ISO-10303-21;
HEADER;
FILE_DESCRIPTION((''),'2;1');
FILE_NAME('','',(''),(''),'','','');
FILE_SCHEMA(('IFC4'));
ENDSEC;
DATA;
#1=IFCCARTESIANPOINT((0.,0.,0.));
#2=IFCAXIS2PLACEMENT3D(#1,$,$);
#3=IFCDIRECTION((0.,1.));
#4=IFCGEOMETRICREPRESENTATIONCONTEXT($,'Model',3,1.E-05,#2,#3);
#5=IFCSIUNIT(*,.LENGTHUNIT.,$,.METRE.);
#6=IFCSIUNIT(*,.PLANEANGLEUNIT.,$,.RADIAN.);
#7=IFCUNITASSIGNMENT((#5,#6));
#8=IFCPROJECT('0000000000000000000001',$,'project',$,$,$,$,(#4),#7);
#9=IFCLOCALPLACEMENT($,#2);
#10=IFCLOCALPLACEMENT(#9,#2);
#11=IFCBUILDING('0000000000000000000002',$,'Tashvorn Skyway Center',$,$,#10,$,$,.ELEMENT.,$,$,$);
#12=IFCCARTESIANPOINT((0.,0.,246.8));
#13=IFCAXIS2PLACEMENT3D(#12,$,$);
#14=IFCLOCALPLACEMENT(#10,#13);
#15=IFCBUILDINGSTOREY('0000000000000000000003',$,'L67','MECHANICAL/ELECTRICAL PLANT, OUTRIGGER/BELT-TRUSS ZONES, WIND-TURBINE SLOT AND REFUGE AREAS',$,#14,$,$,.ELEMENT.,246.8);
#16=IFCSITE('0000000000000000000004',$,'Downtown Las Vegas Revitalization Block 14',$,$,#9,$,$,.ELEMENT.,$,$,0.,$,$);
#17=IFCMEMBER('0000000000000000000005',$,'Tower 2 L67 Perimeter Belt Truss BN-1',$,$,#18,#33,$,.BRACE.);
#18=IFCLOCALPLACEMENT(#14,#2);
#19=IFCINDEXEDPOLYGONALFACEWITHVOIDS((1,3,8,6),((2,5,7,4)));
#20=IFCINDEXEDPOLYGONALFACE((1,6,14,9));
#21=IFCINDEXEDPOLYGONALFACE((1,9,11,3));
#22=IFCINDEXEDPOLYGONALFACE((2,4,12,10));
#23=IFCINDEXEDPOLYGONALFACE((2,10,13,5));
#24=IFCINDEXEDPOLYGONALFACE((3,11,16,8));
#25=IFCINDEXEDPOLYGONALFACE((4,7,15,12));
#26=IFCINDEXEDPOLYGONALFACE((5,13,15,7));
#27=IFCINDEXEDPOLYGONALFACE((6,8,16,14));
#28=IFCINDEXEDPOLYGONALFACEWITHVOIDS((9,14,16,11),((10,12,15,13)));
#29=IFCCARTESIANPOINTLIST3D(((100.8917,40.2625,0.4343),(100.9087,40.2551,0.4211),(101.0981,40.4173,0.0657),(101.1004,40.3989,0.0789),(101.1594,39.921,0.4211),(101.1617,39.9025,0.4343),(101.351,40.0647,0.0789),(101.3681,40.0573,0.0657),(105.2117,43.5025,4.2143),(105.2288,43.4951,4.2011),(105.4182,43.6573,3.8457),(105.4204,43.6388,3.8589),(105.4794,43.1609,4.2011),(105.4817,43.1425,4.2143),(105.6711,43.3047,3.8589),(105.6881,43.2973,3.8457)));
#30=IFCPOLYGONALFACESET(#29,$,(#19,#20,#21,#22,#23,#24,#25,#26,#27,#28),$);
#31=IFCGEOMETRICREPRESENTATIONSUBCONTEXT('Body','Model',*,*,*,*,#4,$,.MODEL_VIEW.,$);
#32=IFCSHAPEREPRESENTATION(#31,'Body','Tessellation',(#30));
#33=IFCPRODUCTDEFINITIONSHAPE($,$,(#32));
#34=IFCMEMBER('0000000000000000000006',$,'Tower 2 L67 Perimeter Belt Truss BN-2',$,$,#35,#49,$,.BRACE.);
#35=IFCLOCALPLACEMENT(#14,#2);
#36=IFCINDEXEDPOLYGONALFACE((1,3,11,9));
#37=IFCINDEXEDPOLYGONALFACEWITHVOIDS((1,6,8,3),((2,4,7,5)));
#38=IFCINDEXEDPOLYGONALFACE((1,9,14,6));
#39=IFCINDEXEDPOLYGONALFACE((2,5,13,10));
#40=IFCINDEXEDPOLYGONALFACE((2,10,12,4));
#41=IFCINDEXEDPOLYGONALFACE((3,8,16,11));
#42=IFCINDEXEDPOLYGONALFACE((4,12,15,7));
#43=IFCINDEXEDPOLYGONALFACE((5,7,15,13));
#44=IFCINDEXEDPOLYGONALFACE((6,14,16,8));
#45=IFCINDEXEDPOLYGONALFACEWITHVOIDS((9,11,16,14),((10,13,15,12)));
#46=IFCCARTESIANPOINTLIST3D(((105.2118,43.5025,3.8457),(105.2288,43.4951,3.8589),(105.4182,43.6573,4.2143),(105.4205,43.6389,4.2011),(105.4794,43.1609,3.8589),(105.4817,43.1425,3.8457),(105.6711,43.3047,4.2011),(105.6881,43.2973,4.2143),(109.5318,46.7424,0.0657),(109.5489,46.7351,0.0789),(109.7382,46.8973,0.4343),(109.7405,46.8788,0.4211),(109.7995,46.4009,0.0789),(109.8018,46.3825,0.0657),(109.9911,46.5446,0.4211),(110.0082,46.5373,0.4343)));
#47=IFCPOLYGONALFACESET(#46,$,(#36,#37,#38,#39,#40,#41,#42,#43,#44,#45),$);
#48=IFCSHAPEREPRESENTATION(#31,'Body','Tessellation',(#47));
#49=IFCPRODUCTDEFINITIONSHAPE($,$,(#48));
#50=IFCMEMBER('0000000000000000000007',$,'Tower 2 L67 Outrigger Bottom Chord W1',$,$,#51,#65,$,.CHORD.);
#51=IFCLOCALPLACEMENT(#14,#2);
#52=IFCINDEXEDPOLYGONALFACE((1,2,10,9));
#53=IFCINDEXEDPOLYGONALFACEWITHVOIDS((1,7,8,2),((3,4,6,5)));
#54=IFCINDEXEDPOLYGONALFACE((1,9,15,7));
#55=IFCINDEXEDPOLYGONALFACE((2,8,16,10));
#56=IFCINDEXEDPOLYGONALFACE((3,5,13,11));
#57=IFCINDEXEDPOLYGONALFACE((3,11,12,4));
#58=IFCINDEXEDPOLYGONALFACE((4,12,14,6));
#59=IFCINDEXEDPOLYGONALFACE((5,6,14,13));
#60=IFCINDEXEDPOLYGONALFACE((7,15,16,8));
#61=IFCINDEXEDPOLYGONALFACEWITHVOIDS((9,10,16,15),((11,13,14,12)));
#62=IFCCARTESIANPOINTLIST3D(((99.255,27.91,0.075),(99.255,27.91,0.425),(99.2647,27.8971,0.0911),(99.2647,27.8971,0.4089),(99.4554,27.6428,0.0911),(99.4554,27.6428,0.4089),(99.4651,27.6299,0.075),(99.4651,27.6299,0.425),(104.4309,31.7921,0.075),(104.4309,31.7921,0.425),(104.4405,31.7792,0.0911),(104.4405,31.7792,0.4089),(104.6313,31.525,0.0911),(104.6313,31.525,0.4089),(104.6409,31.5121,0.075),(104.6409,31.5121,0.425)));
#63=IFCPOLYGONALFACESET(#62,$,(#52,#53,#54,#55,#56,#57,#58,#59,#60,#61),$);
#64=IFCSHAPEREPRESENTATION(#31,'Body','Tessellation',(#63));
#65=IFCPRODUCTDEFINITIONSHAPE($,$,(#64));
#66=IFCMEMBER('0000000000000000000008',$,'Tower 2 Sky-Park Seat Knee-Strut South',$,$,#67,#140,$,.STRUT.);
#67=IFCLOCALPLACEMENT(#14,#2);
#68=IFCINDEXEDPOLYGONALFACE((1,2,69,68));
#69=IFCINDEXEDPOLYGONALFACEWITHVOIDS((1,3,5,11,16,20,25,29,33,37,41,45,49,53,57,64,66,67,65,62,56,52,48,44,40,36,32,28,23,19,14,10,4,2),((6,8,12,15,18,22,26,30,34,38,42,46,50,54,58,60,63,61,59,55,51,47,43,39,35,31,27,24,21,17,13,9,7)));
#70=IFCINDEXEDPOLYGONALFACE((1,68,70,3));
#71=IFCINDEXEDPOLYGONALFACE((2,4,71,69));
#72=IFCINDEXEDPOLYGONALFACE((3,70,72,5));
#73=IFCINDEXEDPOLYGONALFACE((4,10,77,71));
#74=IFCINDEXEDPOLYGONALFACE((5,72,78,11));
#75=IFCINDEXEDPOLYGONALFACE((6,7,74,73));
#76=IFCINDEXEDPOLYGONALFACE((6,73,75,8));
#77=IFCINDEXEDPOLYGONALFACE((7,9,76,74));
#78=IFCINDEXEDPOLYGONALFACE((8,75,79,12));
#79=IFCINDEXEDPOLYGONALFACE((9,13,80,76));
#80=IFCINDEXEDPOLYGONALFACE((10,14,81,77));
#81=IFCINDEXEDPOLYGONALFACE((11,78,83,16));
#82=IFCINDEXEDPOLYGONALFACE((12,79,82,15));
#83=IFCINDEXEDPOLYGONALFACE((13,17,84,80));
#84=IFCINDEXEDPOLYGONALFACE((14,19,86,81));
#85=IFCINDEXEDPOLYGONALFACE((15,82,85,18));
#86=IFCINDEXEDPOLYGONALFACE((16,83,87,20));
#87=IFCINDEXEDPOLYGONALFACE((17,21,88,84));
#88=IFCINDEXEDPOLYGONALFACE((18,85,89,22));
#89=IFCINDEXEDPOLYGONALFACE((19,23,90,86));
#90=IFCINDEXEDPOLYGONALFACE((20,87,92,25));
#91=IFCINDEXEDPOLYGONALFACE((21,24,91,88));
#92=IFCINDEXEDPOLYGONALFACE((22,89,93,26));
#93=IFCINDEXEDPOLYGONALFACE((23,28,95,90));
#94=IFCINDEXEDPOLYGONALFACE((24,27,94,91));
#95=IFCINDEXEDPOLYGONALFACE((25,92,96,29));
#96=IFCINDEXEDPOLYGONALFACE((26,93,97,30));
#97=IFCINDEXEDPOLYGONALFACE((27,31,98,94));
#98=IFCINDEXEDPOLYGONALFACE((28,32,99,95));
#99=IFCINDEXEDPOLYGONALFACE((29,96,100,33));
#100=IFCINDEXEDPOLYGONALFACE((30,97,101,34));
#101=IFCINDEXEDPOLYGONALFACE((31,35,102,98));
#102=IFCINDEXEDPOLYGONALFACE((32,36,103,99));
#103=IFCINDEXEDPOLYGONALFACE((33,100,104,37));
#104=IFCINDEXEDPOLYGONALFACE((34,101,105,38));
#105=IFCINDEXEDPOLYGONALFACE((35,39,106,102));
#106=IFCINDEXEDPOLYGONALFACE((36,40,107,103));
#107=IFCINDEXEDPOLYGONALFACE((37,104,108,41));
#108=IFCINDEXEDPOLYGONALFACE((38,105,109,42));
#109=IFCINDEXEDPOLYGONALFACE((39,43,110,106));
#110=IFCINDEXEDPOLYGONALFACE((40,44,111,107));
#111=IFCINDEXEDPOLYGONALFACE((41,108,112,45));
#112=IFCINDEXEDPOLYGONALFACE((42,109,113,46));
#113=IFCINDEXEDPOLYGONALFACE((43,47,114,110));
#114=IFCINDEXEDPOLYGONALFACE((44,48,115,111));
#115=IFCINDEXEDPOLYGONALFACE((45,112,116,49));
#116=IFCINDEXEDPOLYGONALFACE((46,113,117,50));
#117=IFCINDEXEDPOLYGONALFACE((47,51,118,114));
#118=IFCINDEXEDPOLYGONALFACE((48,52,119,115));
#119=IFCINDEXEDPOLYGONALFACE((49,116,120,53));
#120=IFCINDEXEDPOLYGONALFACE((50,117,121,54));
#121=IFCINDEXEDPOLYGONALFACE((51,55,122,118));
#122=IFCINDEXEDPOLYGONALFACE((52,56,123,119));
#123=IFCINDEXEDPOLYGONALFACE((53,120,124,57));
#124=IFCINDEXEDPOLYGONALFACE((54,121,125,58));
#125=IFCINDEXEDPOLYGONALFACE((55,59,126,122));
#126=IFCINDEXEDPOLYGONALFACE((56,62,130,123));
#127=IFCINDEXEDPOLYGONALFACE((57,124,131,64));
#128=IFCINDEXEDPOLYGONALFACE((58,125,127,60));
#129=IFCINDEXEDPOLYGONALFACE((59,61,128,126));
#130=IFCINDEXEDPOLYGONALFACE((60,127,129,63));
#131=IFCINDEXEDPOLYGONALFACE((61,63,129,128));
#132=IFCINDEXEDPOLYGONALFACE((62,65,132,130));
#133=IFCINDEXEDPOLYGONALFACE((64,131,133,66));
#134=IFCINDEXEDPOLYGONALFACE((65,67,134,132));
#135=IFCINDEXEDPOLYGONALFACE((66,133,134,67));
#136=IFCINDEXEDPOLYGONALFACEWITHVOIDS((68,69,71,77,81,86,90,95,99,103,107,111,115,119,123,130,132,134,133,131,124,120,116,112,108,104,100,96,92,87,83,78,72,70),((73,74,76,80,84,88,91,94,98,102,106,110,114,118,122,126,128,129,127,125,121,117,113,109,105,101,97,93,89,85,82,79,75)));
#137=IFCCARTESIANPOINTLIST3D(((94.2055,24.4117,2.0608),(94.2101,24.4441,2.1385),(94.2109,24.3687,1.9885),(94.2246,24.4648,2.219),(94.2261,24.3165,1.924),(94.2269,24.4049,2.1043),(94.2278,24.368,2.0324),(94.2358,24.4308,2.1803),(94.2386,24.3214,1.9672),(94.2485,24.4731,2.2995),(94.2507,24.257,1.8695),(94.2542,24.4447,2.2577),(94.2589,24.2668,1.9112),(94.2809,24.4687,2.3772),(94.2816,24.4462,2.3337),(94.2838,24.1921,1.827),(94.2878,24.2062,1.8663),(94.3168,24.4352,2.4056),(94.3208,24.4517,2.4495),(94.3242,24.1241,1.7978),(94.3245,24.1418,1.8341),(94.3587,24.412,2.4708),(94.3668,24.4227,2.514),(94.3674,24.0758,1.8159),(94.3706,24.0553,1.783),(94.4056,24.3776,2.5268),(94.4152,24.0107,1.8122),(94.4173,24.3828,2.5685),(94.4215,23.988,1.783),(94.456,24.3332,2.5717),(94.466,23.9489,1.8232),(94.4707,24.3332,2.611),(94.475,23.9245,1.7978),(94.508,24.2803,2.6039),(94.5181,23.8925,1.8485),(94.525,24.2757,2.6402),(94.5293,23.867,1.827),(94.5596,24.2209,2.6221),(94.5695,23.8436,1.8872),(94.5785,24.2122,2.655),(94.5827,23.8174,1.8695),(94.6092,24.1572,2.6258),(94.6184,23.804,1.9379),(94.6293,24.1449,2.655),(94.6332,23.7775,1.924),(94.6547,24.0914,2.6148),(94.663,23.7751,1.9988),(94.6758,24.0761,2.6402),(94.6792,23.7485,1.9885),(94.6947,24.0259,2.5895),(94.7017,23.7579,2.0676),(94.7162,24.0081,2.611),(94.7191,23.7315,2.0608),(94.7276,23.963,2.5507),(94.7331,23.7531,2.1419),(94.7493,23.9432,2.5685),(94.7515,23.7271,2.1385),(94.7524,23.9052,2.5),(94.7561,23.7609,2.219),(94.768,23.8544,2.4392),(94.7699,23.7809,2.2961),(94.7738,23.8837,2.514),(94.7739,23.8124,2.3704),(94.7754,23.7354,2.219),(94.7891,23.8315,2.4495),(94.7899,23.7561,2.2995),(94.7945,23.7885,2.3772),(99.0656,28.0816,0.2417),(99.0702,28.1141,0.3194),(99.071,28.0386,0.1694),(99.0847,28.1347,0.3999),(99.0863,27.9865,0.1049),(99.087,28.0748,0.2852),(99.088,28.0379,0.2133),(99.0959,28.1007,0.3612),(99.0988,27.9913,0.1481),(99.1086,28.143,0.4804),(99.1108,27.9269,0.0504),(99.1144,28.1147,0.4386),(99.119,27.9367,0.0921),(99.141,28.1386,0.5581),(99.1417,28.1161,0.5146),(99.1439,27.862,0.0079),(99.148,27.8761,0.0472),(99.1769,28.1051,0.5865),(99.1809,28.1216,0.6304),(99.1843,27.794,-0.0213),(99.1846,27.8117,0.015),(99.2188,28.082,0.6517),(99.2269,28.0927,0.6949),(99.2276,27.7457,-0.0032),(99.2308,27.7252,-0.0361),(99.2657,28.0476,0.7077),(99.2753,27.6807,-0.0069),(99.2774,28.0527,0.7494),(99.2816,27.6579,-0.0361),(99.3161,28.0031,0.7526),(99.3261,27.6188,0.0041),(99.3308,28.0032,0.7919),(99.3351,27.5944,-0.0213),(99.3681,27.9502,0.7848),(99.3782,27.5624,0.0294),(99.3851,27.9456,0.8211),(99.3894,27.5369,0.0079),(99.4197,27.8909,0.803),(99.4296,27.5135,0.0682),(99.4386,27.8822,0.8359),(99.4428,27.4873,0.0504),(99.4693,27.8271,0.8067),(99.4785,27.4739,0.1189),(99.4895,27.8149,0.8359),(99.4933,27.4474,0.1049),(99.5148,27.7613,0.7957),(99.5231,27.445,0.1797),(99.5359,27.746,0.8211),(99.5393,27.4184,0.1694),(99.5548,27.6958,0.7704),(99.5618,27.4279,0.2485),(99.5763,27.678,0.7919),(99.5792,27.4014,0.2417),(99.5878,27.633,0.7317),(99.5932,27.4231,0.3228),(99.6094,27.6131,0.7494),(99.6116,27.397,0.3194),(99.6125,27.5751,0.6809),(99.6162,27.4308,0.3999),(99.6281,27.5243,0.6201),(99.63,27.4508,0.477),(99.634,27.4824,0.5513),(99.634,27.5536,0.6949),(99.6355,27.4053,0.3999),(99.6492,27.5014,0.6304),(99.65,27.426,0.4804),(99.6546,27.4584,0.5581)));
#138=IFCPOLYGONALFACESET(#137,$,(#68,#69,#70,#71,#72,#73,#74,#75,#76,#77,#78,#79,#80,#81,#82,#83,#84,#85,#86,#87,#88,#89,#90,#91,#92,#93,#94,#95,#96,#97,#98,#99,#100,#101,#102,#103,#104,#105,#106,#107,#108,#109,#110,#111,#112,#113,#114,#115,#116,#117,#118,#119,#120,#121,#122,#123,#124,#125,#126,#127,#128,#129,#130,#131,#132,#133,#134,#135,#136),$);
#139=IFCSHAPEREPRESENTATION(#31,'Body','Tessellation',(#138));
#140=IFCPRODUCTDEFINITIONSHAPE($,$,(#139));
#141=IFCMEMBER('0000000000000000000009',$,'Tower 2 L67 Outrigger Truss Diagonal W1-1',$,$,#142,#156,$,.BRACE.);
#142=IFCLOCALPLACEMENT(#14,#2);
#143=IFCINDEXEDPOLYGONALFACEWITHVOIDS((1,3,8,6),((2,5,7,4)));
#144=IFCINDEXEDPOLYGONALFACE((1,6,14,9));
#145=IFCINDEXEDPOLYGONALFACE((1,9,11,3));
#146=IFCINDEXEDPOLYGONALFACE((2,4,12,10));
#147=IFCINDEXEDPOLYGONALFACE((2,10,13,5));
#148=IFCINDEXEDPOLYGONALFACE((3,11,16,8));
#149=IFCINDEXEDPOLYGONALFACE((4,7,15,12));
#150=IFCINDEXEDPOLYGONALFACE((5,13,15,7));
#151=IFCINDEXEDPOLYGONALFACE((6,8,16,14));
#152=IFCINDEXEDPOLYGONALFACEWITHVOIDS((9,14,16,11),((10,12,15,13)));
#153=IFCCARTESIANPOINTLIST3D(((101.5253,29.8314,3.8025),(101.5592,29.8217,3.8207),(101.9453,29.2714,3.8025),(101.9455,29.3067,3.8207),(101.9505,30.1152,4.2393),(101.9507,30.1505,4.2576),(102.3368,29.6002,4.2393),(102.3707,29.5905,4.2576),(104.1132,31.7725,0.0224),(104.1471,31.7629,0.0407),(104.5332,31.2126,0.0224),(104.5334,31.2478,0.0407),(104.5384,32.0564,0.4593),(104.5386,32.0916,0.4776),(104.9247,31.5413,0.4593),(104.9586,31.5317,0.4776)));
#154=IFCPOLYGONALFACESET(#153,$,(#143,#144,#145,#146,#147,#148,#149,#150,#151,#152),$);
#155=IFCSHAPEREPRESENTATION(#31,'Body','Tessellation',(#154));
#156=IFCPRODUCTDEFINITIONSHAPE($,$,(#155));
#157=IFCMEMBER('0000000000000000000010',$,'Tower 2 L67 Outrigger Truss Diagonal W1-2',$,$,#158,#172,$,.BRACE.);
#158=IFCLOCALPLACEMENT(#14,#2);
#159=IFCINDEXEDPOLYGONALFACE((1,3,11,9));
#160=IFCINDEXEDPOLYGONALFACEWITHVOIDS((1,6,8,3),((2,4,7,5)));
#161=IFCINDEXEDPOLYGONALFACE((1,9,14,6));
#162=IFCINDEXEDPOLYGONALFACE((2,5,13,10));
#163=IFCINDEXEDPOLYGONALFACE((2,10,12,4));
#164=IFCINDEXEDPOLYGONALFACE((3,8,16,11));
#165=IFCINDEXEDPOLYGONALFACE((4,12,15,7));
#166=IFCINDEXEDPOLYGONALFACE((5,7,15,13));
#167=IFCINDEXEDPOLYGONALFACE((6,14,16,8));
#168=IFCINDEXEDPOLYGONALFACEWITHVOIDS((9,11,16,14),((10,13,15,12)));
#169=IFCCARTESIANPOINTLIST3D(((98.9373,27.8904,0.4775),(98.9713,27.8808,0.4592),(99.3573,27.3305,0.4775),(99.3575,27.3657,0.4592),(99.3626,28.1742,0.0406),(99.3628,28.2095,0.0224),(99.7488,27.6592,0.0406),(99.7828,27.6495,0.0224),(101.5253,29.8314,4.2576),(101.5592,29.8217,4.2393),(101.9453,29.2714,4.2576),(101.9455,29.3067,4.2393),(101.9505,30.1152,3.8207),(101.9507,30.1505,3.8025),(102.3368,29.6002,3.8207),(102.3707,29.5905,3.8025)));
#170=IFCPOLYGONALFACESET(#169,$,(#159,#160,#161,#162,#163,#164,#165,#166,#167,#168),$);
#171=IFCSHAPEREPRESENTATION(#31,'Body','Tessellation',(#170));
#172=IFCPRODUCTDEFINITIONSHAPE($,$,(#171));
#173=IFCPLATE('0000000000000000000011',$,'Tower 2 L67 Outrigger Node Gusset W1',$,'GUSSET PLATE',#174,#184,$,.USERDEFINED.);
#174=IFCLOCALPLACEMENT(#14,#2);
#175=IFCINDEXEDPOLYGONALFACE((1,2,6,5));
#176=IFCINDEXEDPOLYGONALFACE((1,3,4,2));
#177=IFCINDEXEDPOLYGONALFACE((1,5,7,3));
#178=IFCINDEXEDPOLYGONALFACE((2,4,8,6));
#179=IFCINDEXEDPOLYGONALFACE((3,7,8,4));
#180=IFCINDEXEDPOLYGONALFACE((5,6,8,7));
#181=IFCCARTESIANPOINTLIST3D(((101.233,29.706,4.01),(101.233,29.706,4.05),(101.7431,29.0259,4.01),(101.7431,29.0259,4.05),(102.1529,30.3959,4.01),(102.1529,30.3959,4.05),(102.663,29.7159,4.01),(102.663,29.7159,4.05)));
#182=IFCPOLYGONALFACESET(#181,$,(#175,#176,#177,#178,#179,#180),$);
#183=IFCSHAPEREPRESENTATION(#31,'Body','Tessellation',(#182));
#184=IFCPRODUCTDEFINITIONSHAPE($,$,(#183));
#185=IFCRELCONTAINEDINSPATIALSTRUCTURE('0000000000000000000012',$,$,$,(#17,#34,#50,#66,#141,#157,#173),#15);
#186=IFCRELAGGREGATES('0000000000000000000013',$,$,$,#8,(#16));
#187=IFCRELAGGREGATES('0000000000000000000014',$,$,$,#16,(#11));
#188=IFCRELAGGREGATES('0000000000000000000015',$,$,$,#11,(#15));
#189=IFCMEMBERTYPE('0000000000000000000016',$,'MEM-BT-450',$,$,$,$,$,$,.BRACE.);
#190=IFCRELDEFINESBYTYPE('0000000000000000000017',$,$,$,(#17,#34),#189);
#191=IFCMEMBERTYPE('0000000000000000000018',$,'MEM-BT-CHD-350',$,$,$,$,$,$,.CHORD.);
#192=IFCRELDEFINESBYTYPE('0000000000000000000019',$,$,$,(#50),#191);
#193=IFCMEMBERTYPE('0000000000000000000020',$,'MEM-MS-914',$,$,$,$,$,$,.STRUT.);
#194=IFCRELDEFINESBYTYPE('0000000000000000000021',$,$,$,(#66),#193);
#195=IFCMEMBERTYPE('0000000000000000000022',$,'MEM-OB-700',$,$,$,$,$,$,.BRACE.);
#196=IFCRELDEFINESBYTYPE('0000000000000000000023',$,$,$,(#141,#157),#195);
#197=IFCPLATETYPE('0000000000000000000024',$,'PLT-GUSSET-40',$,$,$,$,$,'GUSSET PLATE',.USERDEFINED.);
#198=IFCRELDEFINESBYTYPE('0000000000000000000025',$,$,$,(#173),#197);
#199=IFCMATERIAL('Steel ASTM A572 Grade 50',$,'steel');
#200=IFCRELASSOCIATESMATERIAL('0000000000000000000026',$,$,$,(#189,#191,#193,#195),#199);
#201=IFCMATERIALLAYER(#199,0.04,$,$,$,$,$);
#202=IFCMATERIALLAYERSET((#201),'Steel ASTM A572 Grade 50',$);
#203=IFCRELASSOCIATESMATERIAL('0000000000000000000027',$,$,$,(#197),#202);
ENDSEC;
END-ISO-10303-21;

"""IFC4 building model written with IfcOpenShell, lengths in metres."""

from ifc_helpers import new_model, si_unit, direction, frame, origin, origin_2d, place, context, subcontext, project, spatial, rectangle, hollow_rectangle, hollow_circle, extrude, material, layer, layer_set, material_profile, profile_set, type_object, element, save


model = new_model("IFC4")

# Units and contexts
model_context = context("Model", 3, precision=1e-05, world=origin(), true_north=direction((0.0, 1.0)))
body_context = subcontext(model_context, "Body", "Model", "MODEL_VIEW")
ifc_project = project(units=[si_unit("LENGTHUNIT", "METRE"), si_unit("PLANEANGLEUNIT", "RADIAN")], contexts=[model_context])

# Site, building, storey
site_placement = place(None, origin())
site = spatial("IfcSite", under=ifc_project, at=site_placement, Name="Downtown Las Vegas Revitalization Block 14", CompositionType="ELEMENT", RefElevation=0.0)
building_placement = place(site_placement, origin())
building = spatial("IfcBuilding", under=site, at=building_placement, Name="Tashvorn Skyway Center", CompositionType="ELEMENT")
storey_placement = place(building_placement, frame((0.0, 0.0, 246.8)))
storey = spatial("IfcBuildingStorey", under=building, at=storey_placement, Name="L67", Description="MECHANICAL/ELECTRICAL PLANT, OUTRIGGER/BELT-TRUSS ZONES, WIND-TURBINE SLOT AND REFUGE AREAS", CompositionType="ELEMENT", Elevation=246.8)

# Shared definitions
ifc_material_1 = material(Name="Steel ASTM A572 Grade 50", Category="steel")

# Members
ifc_material_profile_1 = material_profile(ifc_material_1, hollow_rectangle(XDim=0.45, YDim=0.45, WallThickness=0.0161, at=origin_2d()), Name="HSS450x450x16")
ifc_profile_set_1 = profile_set([ifc_material_profile_1], Name="Steel ASTM A572 Grade 50")
member_type_1 = type_object("IfcMemberType", Name="MEM-BT-450", PredefinedType="BRACE", material=ifc_profile_set_1)
for number, where, z_axis, x_axis, name in (
    (1, (101.1299, 40.1599, 0.25), (0.65539, 0.491533, 0.573462), (-0.599993, 0.800005, 0.0), "Tower 2 L67 Perimeter Belt Truss BN-1"),
    (2, (105.45, 43.3999, 4.03), (0.65539, 0.491533, -0.573462), (-0.599993, 0.800005, 0.0), "Tower 2 L67 Perimeter Belt Truss BN-2"),
):
    element("IfcMember", number, at=place(storey_placement, frame(where, z_axis=z_axis, x_axis=x_axis)), inside=storey, type_object=member_type_1, Name=name, PredefinedType="BRACE", context=body_context, shape_type="SweptSolid", body=[
        extrude(hollow_rectangle(XDim=0.45, YDim=0.45, WallThickness=0.0161, at=origin_2d()), origin(), (0.0, 0.0, 1.0), 6.5916),
    ])
ifc_material_profile_2 = material_profile(ifc_material_1, hollow_rectangle(XDim=0.3501, YDim=0.3501, WallThickness=0.0161, at=origin_2d()), Name="HSS350x350x16")
ifc_profile_set_2 = profile_set([ifc_material_profile_2], Name="Steel ASTM A572 Grade 50")
member_type_2 = type_object("IfcMemberType", Name="MEM-BT-CHD-350", PredefinedType="CHORD", material=ifc_profile_set_2)
member_1_placement = place(storey_placement, frame((104.5359, 31.6521, 0.25), z_axis=(-0.799982, -0.600024, 0.0), x_axis=(0.600024, -0.799982, 0.0)))
element("IfcMember", 3, at=member_1_placement, inside=storey, type_object=member_type_2, Name="Tower 2 L67 Outrigger Bottom Chord W1", PredefinedType="CHORD", context=body_context, shape_type="SweptSolid", body=[
    extrude(hollow_rectangle(XDim=0.3501, YDim=0.3501, WallThickness=0.0161, at=origin_2d()), origin(), (0.0, 0.0, 1.0), 6.47),
])
ifc_material_profile_3 = material_profile(ifc_material_1, hollow_circle(Radius=0.457, WallThickness=0.032, at=origin_2d()), Name="CHS914x32")
ifc_profile_set_3 = profile_set([ifc_material_profile_3], Name="Steel ASTM A572 Grade 50")
member_type_3 = type_object("IfcMemberType", Name="MEM-MS-914", PredefinedType="STRUT", material=ifc_profile_set_3)
member_2_placement = place(storey_placement, frame((99.3601, 27.77, 0.3999), z_axis=(-0.764655, -0.5774, 0.286203), x_axis=(0.602607, -0.798038, 0.0)))
element("IfcMember", 4, at=member_2_placement, inside=storey, type_object=member_type_3, Name="Tower 2 Sky-Park Seat Knee-Strut South", PredefinedType="STRUT", context=body_context, shape_type="SweptSolid", body=[
    extrude(hollow_circle(Radius=0.457, WallThickness=0.032, at=origin_2d()), origin(), (0.0, 0.0, 1.0), 6.356),
])
ifc_material_profile_4 = material_profile(ifc_material_1, hollow_rectangle(XDim=0.7, YDim=0.7, WallThickness=0.0281, at=origin_2d()), Name="BOX700x700x28")
ifc_profile_set_4 = profile_set([ifc_material_profile_4], Name="Steel ASTM A572 Grade 50")
member_type_4 = type_object("IfcMemberType", Name="MEM-OB-700", PredefinedType="BRACE", material=ifc_profile_set_4)
for number, where, z_axis, x_axis, name in (
    (5, (104.5359, 31.6521, 0.25), (-0.520145, -0.390157, 0.759754), (0.600048, -0.799964, 0.0), "Tower 2 L67 Outrigger Truss Diagonal W1-1"),
    (6, (101.948, 29.7109, 4.03), (-0.520154, -0.390116, -0.759769), (0.6, -0.8, 0.0), "Tower 2 L67 Outrigger Truss Diagonal W1-2"),
):
    element("IfcMember", number, at=place(storey_placement, frame(where, z_axis=z_axis, x_axis=x_axis)), inside=storey, type_object=member_type_4, Name=name, PredefinedType="BRACE", context=body_context, shape_type="SweptSolid", body=[
        extrude(hollow_rectangle(XDim=0.7, YDim=0.7, WallThickness=0.0281, at=origin_2d()), origin(), (0.0, 0.0, 1.0), 4.9753),
    ])

# Plate
ifc_layer_1 = layer(ifc_material_1, 0.04)
ifc_layer_set_1 = layer_set([ifc_layer_1], Name="Steel ASTM A572 Grade 50")
plate_type = type_object("IfcPlateType", Name="PLT-GUSSET-40", ElementType="GUSSET PLATE", PredefinedType="USERDEFINED", material=ifc_layer_set_1)
plate_placement = place(storey_placement, frame((101.948, 29.7109, 4.01), z_axis=(0.0, 0.0, 1.0), x_axis=(0.8, 0.6, 0.0)))
element("IfcPlate", 7, at=plate_placement, inside=storey, type_object=plate_type, Name="Tower 2 L67 Outrigger Node Gusset W1", ObjectType="GUSSET PLATE", PredefinedType="USERDEFINED", context=body_context, shape_type="SweptSolid", body=[
    extrude(rectangle(XDim=1.1499, YDim=0.8501, at=origin_2d()), origin(), (0.0, 0.0, 1.0), 0.04),
])

save(model, "model.ifc")
